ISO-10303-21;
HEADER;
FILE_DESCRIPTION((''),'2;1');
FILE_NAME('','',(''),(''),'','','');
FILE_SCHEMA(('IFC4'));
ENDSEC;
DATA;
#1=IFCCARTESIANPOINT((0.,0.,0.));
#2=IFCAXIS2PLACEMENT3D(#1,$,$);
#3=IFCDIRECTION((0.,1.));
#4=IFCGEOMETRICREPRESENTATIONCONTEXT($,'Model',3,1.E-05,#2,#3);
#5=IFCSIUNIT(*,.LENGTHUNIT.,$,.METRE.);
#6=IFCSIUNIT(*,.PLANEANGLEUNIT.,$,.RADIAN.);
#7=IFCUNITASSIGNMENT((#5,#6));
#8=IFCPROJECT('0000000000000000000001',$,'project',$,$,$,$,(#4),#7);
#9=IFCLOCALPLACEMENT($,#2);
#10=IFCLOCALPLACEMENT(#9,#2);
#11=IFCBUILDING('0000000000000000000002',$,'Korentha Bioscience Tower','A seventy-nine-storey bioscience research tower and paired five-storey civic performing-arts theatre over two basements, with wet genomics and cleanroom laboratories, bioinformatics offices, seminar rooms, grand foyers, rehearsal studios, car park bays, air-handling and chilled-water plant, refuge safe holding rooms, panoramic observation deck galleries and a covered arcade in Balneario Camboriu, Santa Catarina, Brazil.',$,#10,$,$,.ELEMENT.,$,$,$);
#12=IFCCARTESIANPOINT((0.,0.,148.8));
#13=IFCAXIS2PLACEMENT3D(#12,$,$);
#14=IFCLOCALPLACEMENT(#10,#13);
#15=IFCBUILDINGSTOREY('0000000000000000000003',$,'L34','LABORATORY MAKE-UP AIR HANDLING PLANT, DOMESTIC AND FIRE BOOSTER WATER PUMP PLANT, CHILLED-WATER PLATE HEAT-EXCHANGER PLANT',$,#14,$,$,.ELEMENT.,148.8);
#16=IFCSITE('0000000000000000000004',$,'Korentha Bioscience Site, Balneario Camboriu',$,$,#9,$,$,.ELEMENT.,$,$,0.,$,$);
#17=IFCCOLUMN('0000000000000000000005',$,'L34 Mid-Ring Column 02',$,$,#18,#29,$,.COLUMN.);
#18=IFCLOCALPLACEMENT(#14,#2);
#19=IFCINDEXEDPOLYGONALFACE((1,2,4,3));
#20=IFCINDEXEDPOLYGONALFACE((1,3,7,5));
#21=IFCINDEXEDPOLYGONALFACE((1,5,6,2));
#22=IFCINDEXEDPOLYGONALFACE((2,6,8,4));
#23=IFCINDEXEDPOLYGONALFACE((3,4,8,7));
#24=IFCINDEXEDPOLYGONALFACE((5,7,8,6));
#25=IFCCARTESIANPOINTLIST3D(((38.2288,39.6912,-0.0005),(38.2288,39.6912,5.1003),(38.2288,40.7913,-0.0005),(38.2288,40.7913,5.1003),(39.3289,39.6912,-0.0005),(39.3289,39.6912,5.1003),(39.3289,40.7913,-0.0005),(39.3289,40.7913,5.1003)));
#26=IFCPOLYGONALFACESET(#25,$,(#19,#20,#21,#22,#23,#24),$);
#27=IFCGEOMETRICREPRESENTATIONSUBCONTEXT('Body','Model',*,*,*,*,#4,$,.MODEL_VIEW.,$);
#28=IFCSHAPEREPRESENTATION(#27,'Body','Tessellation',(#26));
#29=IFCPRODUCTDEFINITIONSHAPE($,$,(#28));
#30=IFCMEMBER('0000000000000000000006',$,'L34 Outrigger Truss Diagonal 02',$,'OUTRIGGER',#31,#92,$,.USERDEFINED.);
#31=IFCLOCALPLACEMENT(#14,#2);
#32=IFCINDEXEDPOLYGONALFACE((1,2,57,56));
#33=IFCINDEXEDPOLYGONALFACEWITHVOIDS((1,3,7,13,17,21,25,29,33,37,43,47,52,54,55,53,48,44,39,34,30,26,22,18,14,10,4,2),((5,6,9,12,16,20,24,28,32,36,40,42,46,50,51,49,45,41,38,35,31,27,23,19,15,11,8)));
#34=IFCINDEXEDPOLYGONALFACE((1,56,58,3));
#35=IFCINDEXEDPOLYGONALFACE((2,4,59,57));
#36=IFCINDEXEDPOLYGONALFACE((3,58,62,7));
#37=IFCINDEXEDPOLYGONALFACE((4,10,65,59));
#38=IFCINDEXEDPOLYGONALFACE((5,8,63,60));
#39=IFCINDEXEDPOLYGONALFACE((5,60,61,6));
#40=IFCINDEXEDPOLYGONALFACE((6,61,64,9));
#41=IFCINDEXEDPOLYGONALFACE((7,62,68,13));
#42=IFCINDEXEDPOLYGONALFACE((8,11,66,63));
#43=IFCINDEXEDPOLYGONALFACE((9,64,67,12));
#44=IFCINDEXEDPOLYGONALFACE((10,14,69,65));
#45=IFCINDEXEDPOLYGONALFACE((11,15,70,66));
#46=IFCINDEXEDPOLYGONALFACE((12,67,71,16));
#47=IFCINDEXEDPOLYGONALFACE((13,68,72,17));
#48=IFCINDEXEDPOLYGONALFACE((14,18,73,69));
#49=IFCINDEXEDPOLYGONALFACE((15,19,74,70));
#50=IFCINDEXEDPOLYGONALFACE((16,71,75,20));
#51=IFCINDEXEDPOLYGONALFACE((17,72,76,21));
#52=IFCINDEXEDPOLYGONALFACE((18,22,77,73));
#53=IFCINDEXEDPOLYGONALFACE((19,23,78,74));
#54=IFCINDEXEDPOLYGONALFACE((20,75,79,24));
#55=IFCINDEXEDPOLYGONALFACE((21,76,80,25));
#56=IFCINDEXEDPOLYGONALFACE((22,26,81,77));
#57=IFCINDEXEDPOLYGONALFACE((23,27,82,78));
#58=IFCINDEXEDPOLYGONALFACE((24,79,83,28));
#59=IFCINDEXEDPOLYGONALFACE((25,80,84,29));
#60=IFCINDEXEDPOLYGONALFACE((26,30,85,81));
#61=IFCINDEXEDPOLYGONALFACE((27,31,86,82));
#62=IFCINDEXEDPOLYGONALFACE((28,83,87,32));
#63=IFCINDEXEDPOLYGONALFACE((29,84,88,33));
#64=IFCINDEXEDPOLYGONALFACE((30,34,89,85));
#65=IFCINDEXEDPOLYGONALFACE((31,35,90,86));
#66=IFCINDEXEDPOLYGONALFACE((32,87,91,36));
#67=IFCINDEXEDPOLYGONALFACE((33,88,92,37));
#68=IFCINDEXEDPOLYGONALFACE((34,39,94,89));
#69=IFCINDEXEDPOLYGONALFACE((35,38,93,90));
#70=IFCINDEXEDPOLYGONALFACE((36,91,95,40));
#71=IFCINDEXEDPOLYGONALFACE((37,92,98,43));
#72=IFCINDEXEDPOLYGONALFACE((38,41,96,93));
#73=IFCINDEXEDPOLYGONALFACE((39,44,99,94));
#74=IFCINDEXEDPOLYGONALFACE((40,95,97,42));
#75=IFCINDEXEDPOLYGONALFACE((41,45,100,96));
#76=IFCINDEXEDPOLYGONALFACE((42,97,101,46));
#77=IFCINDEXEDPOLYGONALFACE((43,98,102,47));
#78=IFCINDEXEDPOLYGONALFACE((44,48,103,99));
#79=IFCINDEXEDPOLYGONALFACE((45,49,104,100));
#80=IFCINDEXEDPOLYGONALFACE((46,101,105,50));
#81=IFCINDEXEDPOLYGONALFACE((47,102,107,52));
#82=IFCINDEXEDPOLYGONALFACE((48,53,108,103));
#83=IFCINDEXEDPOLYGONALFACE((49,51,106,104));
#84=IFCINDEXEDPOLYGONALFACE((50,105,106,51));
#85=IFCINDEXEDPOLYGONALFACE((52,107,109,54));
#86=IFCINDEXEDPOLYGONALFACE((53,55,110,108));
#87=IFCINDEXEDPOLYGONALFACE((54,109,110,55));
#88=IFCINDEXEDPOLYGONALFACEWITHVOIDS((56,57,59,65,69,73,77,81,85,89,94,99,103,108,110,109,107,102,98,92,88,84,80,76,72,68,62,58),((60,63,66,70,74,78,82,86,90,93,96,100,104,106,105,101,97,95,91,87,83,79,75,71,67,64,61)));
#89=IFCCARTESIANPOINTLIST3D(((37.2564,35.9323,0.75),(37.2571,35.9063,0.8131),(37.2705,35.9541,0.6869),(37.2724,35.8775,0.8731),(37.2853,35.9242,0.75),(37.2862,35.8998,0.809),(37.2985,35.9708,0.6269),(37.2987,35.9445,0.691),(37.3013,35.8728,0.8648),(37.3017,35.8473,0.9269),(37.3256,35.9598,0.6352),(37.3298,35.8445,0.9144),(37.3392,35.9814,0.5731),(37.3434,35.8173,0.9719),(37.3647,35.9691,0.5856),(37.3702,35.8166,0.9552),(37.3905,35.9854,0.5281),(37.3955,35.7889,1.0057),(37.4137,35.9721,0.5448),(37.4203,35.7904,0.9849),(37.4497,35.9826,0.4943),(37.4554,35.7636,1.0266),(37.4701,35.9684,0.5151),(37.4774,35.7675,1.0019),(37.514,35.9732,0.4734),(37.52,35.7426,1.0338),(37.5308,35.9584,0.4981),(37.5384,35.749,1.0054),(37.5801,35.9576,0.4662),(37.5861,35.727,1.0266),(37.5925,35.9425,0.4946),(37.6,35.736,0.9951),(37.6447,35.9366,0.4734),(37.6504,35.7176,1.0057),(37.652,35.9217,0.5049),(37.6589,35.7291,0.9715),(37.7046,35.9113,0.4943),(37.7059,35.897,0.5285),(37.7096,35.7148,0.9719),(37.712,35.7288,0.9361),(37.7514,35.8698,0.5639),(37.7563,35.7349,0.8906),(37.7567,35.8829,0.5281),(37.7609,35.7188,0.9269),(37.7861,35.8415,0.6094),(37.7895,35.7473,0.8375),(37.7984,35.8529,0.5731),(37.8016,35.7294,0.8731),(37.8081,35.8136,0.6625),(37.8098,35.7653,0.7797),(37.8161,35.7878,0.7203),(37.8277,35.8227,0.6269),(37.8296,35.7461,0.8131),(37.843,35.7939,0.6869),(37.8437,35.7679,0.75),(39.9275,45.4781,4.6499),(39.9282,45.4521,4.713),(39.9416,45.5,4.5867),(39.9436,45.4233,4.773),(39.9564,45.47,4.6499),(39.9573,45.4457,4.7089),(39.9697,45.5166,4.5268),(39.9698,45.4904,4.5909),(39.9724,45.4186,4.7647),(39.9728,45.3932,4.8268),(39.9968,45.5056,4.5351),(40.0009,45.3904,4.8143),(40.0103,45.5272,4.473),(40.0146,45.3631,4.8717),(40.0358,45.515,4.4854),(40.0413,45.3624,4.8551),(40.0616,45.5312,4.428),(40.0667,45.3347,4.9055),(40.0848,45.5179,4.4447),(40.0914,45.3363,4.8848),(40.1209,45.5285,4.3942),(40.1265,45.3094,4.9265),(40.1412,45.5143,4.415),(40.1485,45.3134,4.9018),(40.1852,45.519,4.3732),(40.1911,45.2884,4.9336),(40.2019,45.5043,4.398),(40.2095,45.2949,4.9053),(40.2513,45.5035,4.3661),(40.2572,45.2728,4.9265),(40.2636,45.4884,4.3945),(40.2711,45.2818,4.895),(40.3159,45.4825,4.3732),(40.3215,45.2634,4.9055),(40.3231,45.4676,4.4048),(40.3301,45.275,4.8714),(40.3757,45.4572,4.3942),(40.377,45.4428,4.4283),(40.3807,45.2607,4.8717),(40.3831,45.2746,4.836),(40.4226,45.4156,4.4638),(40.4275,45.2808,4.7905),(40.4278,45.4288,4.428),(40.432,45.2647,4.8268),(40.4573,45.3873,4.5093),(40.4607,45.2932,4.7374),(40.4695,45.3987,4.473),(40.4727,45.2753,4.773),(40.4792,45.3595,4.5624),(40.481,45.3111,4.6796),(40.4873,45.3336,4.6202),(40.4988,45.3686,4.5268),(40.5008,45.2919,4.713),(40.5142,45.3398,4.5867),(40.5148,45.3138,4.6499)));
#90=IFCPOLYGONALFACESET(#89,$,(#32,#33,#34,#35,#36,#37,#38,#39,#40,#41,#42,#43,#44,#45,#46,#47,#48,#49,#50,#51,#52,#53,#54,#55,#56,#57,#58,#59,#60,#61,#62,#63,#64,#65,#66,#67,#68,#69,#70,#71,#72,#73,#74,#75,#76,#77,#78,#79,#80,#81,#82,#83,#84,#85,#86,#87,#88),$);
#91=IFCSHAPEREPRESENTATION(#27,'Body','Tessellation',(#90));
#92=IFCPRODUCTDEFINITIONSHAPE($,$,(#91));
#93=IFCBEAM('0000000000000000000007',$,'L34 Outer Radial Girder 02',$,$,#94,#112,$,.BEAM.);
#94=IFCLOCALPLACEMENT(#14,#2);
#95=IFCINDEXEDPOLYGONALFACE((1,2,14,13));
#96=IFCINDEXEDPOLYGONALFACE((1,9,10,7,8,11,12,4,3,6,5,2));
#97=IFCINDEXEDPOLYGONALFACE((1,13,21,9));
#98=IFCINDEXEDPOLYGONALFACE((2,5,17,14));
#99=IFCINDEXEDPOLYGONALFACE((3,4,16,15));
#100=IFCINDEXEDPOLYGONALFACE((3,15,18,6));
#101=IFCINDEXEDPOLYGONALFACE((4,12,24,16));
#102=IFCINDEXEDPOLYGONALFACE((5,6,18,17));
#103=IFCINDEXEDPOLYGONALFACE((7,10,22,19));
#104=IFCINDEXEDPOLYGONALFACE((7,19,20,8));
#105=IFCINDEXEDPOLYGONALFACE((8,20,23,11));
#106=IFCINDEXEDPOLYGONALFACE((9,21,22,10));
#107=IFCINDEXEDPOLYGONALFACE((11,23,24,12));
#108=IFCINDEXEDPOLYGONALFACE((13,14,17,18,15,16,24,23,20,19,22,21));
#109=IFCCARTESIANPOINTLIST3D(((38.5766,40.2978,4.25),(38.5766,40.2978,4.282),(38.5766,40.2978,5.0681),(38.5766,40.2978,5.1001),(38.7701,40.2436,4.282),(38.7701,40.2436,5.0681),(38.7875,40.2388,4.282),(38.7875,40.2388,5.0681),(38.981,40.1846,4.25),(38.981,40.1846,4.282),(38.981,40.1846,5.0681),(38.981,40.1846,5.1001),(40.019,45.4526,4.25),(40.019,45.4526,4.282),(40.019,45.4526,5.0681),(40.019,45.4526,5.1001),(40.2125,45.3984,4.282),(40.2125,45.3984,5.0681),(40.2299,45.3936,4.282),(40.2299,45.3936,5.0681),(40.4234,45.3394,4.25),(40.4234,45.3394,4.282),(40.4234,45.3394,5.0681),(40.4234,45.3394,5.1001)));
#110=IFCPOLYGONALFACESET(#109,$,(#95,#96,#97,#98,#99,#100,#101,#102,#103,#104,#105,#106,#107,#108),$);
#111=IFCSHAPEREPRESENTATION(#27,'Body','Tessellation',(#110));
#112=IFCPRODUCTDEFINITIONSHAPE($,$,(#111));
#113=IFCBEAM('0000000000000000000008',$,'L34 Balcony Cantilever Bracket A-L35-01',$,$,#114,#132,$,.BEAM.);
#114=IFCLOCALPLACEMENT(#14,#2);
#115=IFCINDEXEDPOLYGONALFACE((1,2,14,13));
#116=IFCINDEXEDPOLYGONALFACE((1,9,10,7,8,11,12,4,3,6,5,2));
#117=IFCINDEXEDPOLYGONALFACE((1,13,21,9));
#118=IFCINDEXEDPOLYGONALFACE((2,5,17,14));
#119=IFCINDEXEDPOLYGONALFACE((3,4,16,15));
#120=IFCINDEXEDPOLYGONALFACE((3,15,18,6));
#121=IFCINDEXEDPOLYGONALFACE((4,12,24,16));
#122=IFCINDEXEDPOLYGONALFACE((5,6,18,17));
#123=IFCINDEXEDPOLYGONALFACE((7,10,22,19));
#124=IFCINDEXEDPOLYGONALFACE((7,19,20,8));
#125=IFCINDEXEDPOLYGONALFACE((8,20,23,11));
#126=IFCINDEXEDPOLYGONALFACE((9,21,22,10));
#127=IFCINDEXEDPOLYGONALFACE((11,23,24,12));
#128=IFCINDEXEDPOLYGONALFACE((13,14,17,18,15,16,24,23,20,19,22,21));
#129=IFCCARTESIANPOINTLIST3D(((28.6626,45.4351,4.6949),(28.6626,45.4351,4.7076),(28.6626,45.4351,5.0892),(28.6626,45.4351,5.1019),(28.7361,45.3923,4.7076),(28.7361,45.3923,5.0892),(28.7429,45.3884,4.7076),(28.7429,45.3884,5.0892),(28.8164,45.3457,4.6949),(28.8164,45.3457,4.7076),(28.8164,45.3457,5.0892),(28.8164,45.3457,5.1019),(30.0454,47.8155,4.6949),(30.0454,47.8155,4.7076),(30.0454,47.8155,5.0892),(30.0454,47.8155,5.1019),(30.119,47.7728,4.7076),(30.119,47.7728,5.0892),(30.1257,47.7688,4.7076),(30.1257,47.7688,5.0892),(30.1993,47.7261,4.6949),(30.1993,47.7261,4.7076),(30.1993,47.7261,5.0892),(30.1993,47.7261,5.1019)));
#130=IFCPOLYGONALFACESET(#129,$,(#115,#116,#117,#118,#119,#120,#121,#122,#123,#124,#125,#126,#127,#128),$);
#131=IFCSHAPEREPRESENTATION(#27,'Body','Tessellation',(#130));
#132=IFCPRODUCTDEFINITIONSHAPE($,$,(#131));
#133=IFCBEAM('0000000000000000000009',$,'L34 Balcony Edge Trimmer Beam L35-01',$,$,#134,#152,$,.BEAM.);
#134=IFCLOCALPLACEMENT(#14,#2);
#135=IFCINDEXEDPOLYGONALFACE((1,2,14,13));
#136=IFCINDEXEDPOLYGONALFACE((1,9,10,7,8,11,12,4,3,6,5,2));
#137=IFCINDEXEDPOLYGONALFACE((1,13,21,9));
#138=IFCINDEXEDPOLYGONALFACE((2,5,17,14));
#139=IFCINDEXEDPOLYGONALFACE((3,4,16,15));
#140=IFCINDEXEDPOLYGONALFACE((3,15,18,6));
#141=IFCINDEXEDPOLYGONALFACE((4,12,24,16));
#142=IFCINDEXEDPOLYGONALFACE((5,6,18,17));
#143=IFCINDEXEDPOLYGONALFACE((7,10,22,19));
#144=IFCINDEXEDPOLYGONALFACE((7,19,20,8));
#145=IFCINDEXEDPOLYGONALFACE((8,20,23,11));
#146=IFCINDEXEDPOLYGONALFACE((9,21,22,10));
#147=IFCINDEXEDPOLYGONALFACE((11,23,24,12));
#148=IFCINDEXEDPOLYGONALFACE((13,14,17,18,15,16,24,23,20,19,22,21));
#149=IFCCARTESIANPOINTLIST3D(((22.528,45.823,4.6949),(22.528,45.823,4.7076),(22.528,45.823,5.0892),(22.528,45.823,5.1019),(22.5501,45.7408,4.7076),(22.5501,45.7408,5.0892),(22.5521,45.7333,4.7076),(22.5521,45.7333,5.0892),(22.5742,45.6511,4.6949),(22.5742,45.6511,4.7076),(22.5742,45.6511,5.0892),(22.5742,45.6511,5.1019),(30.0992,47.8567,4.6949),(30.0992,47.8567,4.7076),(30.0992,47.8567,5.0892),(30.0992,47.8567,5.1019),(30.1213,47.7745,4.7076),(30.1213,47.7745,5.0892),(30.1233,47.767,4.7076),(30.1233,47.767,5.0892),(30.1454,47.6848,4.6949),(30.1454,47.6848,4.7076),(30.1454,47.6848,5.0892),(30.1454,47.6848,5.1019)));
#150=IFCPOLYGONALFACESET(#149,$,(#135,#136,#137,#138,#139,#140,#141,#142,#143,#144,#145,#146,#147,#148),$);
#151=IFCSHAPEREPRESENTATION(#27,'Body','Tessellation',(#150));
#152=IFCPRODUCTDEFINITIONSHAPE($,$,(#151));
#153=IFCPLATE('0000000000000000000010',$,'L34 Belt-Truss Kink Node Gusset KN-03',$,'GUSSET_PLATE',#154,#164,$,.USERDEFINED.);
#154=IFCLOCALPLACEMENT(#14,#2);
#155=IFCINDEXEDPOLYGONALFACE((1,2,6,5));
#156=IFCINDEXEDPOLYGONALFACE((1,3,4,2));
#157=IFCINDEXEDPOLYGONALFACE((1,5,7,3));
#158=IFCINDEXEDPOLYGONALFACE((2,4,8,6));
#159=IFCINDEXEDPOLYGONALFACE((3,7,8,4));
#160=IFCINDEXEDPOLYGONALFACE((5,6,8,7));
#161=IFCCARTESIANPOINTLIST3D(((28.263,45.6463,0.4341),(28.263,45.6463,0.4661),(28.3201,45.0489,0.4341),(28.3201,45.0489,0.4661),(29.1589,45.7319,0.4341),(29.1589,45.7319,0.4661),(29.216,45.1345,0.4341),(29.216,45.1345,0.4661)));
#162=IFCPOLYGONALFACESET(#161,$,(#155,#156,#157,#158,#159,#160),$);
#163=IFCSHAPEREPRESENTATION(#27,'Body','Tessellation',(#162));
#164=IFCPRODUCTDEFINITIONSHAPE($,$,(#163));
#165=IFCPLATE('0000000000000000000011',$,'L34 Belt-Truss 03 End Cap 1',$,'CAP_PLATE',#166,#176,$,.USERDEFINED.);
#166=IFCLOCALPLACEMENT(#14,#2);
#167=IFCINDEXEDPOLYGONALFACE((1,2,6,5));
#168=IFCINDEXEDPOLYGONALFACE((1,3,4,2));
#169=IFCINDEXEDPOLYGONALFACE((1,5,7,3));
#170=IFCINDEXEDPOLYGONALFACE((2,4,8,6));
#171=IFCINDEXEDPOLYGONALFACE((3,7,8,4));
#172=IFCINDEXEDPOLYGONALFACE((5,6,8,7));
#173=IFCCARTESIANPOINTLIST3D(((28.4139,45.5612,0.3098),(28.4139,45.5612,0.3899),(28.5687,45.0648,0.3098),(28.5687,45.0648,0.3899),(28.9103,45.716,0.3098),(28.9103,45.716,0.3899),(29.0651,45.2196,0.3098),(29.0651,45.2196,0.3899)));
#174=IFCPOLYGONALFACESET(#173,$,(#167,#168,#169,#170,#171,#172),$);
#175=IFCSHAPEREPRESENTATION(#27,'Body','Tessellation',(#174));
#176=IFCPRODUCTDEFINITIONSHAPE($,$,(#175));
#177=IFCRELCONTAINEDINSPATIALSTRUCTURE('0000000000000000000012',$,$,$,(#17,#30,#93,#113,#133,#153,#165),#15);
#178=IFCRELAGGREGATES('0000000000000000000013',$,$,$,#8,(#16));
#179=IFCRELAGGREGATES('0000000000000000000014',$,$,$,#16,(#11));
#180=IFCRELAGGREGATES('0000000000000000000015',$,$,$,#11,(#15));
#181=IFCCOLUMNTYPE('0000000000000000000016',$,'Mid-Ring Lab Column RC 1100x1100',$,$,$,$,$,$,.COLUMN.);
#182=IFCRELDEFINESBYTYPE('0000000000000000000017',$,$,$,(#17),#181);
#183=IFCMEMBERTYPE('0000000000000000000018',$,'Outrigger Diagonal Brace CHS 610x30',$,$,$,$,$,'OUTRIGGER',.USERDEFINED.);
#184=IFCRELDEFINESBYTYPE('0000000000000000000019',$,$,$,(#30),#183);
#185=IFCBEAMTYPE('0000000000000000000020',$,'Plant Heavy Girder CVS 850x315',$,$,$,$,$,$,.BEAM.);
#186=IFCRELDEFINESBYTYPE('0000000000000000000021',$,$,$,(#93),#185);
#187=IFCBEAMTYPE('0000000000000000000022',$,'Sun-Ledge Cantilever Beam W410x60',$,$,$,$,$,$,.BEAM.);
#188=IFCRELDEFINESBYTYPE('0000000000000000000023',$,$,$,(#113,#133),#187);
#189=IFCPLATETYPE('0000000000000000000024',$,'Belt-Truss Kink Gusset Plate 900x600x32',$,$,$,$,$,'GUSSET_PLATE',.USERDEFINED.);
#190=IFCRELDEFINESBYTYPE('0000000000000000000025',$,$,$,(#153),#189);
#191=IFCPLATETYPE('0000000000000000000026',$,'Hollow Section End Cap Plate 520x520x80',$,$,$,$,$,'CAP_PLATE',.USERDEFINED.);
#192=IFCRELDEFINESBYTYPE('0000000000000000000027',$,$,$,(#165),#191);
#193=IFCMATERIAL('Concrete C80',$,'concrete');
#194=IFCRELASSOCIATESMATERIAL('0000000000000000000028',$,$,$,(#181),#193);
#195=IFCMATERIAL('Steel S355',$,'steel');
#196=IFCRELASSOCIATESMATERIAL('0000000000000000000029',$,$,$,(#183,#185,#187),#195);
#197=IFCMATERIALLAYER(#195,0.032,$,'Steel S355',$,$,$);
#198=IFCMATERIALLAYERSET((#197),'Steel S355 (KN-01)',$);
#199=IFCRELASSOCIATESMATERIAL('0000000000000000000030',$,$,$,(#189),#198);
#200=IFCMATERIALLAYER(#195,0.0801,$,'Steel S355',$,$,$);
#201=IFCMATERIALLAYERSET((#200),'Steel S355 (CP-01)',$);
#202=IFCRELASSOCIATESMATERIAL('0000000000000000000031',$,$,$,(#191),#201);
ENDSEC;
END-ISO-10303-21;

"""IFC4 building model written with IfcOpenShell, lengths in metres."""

from ifc_helpers import new_model, si_unit, direction, frame, origin, origin_2d, place, context, subcontext, project, spatial, rectangle, hollow_circle, i_section, extrude, material, layer, layer_set, material_profile, profile_set, type_object, element, save


model = new_model("IFC4")

# Units and contexts
model_context = context("Model", 3, precision=1e-05, world=origin(), true_north=direction((0.0, 1.0)))
body_context = subcontext(model_context, "Body", "Model", "MODEL_VIEW")
ifc_project = project(units=[si_unit("LENGTHUNIT", "METRE"), si_unit("PLANEANGLEUNIT", "RADIAN")], contexts=[model_context])

# Site, building, storey
site_placement = place(None, origin())
site = spatial("IfcSite", under=ifc_project, at=site_placement, Name="Korentha Bioscience Site, Balneario Camboriu", CompositionType="ELEMENT", RefElevation=0.0)
building_placement = place(site_placement, origin())
building = spatial("IfcBuilding", under=site, at=building_placement, Name="Korentha Bioscience Tower", Description="A seventy-nine-storey bioscience research tower and paired five-storey civic performing-arts theatre over two basements, with wet genomics and cleanroom laboratories, bioinformatics offices, seminar rooms, grand foyers, rehearsal studios, car park bays, air-handling and chilled-water plant, refuge safe holding rooms, panoramic observation deck galleries and a covered arcade in Balneario Camboriu, Santa Catarina, Brazil.", CompositionType="ELEMENT")
storey_placement = place(building_placement, frame((0.0, 0.0, 148.8)))
storey = spatial("IfcBuildingStorey", under=building, at=storey_placement, Name="L34", Description="LABORATORY MAKE-UP AIR HANDLING PLANT, DOMESTIC AND FIRE BOOSTER WATER PUMP PLANT, CHILLED-WATER PLATE HEAT-EXCHANGER PLANT", CompositionType="ELEMENT", Elevation=148.8)

# Column
ifc_material_1 = material(Name="Concrete C80", Category="concrete")
ifc_material_profile_1 = material_profile(ifc_material_1, rectangle(XDim=1.1001, YDim=1.1001, at=origin_2d()), Name="Concrete C80")
ifc_profile_set_1 = profile_set([ifc_material_profile_1], Name="Concrete C80 (COL-MR11)")
column_type = type_object("IfcColumnType", Name="Mid-Ring Lab Column RC 1100x1100", PredefinedType="COLUMN", material=ifc_profile_set_1)
column_placement = place(storey_placement, frame((38.7788, 40.2412, -0.0005), z_axis=(0.0, 0.0, 1.0), x_axis=(1.0, 0.0, 0.0)))
element("IfcColumn", 1, at=column_placement, inside=storey, type_object=column_type, Name="L34 Mid-Ring Column 02", PredefinedType="COLUMN", context=body_context, shape_type="SweptSolid", body=[
    extrude(rectangle(XDim=1.1001, YDim=1.1001, at=origin_2d()), origin(), (0.0, 0.0, 1.0), 5.1008),
])

# Member
ifc_material_2 = material(Name="Steel S355", Category="steel")
ifc_material_profile_2 = material_profile(ifc_material_2, hollow_circle(Radius=0.3049, WallThickness=0.03, at=origin_2d()), Name="Steel S355")
ifc_profile_set_2 = profile_set([ifc_material_profile_2], Name="Steel S355 (OU-610)")
member_type = type_object("IfcMemberType", Name="Outrigger Diagonal Brace CHS 610x30", ElementType="OUTRIGGER", PredefinedType="USERDEFINED", material=ifc_profile_set_2)
member_placement = place(storey_placement, frame((37.55, 35.8501, 0.75), z_axis=(0.250761, 0.896147, 0.366114), x_axis=(-0.963009, 0.26947, 0.0)))
element("IfcMember", 2, at=member_placement, inside=storey, type_object=member_type, Name="L34 Outrigger Truss Diagonal 02", ObjectType="OUTRIGGER", PredefinedType="USERDEFINED", context=body_context, shape_type="SweptSolid", body=[
    extrude(hollow_circle(Radius=0.3049, WallThickness=0.03, at=origin_2d()), origin(), (0.0, 0.0, 1.0), 10.6521),
])

# Beams
ifc_material_profile_3 = material_profile(ifc_material_2, i_section(OverallWidth=0.4199, OverallDepth=0.8501, WebThickness=0.0181, FlangeThickness=0.032, at=origin_2d()), Name="Steel S355")
ifc_profile_set_3 = profile_set([ifc_material_profile_3], Name="Steel S355 (MB-850)")
beam_type_1 = type_object("IfcBeamType", Name="Plant Heavy Girder CVS 850x315", PredefinedType="BEAM", material=ifc_profile_set_3)
beam_1_placement = place(storey_placement, frame((38.7788, 40.2412, 4.675), z_axis=(0.269464, 0.96301, 0.0), x_axis=(-0.96301, 0.269464, 0.0)))
element("IfcBeam", 3, at=beam_1_placement, inside=storey, type_object=beam_type_1, Name="L34 Outer Radial Girder 02", PredefinedType="BEAM", context=body_context, shape_type="SweptSolid", body=[
    extrude(i_section(OverallWidth=0.4199, OverallDepth=0.8501, WebThickness=0.0181, FlangeThickness=0.032, at=origin_2d()), origin(), (0.0, 0.0, 1.0), 5.3528),
])
ifc_material_profile_4 = material_profile(ifc_material_2, i_section(OverallWidth=0.178, OverallDepth=0.407, WebThickness=0.0078, FlangeThickness=0.0127, at=origin_2d()), Name="Steel S355")
ifc_profile_set_4 = profile_set([ifc_material_profile_4], Name="Steel S355 (CB-410)")
beam_type_2 = type_object("IfcBeamType", Name="Sun-Ledge Cantilever Beam W410x60", PredefinedType="BEAM", material=ifc_profile_set_4)
beam_2_placement = place(storey_placement, frame((28.7395, 45.3904, 4.8984), z_axis=(0.502315, 0.864685, 0.0), x_axis=(-0.864685, 0.502315, 0.0)))
element("IfcBeam", 4, at=beam_2_placement, inside=storey, type_object=beam_type_2, Name="L34 Balcony Cantilever Bracket A-L35-01", PredefinedType="BEAM", context=body_context, shape_type="SweptSolid", body=[
    extrude(i_section(OverallWidth=0.178, OverallDepth=0.407, WebThickness=0.0078, FlangeThickness=0.0127, at=origin_2d()), origin(), (0.0, 0.0, 1.0), 2.7529),
])
beam_3_placement = place(storey_placement, frame((30.1223, 47.7708, 4.8984), z_axis=(-0.965767, -0.259411, 0.0), x_axis=(0.259411, -0.965767, 0.0)))
element("IfcBeam", 5, at=beam_3_placement, inside=storey, type_object=beam_type_2, Name="L34 Balcony Edge Trimmer Beam L35-01", PredefinedType="BEAM", context=body_context, shape_type="SweptSolid", body=[
    extrude(i_section(OverallWidth=0.178, OverallDepth=0.407, WebThickness=0.0078, FlangeThickness=0.0127, at=origin_2d()), origin(), (0.0, 0.0, 1.0), 7.8396),
])

# Plates
ifc_layer_1 = layer(ifc_material_2, 0.032, Name="Steel S355")
ifc_layer_set_1 = layer_set([ifc_layer_1], Name="Steel S355 (KN-01)")
plate_type_1 = type_object("IfcPlateType", Name="Belt-Truss Kink Gusset Plate 900x600x32", ElementType="GUSSET_PLATE", PredefinedType="USERDEFINED", material=ifc_layer_set_1)
plate_1_placement = place(storey_placement, frame((28.7395, 45.3904, 0.4341), z_axis=(0.0, 0.0, 1.0), x_axis=(0.995463, 0.095151, 0.0)))
element("IfcPlate", 6, at=plate_1_placement, inside=storey, type_object=plate_type_1, Name="L34 Belt-Truss Kink Node Gusset KN-03", ObjectType="GUSSET_PLATE", PredefinedType="USERDEFINED", context=body_context, shape_type="SweptSolid", body=[
    extrude(rectangle(XDim=0.8999, YDim=0.6001, at=origin_2d()), origin(), (0.0, 0.0, 1.0), 0.032),
])
ifc_layer_2 = layer(ifc_material_2, 0.0801, Name="Steel S355")
ifc_layer_set_2 = layer_set([ifc_layer_2], Name="Steel S355 (CP-01)")
plate_type_2 = type_object("IfcPlateType", Name="Hollow Section End Cap Plate 520x520x80", ElementType="CAP_PLATE", PredefinedType="USERDEFINED", material=ifc_layer_set_2)
plate_2_placement = place(storey_placement, frame((28.7395, 45.3904, 0.3098), z_axis=(0.0, 0.0, 1.0), x_axis=(0.954657, 0.297708, 0.0)))
element("IfcPlate", 7, at=plate_2_placement, inside=storey, type_object=plate_type_2, Name="L34 Belt-Truss 03 End Cap 1", ObjectType="CAP_PLATE", PredefinedType="USERDEFINED", context=body_context, shape_type="SweptSolid", body=[
    extrude(rectangle(XDim=0.52, YDim=0.52, at=origin_2d()), origin(), (0.0, 0.0, 1.0), 0.0801),
])

save(model, "model.ifc")
